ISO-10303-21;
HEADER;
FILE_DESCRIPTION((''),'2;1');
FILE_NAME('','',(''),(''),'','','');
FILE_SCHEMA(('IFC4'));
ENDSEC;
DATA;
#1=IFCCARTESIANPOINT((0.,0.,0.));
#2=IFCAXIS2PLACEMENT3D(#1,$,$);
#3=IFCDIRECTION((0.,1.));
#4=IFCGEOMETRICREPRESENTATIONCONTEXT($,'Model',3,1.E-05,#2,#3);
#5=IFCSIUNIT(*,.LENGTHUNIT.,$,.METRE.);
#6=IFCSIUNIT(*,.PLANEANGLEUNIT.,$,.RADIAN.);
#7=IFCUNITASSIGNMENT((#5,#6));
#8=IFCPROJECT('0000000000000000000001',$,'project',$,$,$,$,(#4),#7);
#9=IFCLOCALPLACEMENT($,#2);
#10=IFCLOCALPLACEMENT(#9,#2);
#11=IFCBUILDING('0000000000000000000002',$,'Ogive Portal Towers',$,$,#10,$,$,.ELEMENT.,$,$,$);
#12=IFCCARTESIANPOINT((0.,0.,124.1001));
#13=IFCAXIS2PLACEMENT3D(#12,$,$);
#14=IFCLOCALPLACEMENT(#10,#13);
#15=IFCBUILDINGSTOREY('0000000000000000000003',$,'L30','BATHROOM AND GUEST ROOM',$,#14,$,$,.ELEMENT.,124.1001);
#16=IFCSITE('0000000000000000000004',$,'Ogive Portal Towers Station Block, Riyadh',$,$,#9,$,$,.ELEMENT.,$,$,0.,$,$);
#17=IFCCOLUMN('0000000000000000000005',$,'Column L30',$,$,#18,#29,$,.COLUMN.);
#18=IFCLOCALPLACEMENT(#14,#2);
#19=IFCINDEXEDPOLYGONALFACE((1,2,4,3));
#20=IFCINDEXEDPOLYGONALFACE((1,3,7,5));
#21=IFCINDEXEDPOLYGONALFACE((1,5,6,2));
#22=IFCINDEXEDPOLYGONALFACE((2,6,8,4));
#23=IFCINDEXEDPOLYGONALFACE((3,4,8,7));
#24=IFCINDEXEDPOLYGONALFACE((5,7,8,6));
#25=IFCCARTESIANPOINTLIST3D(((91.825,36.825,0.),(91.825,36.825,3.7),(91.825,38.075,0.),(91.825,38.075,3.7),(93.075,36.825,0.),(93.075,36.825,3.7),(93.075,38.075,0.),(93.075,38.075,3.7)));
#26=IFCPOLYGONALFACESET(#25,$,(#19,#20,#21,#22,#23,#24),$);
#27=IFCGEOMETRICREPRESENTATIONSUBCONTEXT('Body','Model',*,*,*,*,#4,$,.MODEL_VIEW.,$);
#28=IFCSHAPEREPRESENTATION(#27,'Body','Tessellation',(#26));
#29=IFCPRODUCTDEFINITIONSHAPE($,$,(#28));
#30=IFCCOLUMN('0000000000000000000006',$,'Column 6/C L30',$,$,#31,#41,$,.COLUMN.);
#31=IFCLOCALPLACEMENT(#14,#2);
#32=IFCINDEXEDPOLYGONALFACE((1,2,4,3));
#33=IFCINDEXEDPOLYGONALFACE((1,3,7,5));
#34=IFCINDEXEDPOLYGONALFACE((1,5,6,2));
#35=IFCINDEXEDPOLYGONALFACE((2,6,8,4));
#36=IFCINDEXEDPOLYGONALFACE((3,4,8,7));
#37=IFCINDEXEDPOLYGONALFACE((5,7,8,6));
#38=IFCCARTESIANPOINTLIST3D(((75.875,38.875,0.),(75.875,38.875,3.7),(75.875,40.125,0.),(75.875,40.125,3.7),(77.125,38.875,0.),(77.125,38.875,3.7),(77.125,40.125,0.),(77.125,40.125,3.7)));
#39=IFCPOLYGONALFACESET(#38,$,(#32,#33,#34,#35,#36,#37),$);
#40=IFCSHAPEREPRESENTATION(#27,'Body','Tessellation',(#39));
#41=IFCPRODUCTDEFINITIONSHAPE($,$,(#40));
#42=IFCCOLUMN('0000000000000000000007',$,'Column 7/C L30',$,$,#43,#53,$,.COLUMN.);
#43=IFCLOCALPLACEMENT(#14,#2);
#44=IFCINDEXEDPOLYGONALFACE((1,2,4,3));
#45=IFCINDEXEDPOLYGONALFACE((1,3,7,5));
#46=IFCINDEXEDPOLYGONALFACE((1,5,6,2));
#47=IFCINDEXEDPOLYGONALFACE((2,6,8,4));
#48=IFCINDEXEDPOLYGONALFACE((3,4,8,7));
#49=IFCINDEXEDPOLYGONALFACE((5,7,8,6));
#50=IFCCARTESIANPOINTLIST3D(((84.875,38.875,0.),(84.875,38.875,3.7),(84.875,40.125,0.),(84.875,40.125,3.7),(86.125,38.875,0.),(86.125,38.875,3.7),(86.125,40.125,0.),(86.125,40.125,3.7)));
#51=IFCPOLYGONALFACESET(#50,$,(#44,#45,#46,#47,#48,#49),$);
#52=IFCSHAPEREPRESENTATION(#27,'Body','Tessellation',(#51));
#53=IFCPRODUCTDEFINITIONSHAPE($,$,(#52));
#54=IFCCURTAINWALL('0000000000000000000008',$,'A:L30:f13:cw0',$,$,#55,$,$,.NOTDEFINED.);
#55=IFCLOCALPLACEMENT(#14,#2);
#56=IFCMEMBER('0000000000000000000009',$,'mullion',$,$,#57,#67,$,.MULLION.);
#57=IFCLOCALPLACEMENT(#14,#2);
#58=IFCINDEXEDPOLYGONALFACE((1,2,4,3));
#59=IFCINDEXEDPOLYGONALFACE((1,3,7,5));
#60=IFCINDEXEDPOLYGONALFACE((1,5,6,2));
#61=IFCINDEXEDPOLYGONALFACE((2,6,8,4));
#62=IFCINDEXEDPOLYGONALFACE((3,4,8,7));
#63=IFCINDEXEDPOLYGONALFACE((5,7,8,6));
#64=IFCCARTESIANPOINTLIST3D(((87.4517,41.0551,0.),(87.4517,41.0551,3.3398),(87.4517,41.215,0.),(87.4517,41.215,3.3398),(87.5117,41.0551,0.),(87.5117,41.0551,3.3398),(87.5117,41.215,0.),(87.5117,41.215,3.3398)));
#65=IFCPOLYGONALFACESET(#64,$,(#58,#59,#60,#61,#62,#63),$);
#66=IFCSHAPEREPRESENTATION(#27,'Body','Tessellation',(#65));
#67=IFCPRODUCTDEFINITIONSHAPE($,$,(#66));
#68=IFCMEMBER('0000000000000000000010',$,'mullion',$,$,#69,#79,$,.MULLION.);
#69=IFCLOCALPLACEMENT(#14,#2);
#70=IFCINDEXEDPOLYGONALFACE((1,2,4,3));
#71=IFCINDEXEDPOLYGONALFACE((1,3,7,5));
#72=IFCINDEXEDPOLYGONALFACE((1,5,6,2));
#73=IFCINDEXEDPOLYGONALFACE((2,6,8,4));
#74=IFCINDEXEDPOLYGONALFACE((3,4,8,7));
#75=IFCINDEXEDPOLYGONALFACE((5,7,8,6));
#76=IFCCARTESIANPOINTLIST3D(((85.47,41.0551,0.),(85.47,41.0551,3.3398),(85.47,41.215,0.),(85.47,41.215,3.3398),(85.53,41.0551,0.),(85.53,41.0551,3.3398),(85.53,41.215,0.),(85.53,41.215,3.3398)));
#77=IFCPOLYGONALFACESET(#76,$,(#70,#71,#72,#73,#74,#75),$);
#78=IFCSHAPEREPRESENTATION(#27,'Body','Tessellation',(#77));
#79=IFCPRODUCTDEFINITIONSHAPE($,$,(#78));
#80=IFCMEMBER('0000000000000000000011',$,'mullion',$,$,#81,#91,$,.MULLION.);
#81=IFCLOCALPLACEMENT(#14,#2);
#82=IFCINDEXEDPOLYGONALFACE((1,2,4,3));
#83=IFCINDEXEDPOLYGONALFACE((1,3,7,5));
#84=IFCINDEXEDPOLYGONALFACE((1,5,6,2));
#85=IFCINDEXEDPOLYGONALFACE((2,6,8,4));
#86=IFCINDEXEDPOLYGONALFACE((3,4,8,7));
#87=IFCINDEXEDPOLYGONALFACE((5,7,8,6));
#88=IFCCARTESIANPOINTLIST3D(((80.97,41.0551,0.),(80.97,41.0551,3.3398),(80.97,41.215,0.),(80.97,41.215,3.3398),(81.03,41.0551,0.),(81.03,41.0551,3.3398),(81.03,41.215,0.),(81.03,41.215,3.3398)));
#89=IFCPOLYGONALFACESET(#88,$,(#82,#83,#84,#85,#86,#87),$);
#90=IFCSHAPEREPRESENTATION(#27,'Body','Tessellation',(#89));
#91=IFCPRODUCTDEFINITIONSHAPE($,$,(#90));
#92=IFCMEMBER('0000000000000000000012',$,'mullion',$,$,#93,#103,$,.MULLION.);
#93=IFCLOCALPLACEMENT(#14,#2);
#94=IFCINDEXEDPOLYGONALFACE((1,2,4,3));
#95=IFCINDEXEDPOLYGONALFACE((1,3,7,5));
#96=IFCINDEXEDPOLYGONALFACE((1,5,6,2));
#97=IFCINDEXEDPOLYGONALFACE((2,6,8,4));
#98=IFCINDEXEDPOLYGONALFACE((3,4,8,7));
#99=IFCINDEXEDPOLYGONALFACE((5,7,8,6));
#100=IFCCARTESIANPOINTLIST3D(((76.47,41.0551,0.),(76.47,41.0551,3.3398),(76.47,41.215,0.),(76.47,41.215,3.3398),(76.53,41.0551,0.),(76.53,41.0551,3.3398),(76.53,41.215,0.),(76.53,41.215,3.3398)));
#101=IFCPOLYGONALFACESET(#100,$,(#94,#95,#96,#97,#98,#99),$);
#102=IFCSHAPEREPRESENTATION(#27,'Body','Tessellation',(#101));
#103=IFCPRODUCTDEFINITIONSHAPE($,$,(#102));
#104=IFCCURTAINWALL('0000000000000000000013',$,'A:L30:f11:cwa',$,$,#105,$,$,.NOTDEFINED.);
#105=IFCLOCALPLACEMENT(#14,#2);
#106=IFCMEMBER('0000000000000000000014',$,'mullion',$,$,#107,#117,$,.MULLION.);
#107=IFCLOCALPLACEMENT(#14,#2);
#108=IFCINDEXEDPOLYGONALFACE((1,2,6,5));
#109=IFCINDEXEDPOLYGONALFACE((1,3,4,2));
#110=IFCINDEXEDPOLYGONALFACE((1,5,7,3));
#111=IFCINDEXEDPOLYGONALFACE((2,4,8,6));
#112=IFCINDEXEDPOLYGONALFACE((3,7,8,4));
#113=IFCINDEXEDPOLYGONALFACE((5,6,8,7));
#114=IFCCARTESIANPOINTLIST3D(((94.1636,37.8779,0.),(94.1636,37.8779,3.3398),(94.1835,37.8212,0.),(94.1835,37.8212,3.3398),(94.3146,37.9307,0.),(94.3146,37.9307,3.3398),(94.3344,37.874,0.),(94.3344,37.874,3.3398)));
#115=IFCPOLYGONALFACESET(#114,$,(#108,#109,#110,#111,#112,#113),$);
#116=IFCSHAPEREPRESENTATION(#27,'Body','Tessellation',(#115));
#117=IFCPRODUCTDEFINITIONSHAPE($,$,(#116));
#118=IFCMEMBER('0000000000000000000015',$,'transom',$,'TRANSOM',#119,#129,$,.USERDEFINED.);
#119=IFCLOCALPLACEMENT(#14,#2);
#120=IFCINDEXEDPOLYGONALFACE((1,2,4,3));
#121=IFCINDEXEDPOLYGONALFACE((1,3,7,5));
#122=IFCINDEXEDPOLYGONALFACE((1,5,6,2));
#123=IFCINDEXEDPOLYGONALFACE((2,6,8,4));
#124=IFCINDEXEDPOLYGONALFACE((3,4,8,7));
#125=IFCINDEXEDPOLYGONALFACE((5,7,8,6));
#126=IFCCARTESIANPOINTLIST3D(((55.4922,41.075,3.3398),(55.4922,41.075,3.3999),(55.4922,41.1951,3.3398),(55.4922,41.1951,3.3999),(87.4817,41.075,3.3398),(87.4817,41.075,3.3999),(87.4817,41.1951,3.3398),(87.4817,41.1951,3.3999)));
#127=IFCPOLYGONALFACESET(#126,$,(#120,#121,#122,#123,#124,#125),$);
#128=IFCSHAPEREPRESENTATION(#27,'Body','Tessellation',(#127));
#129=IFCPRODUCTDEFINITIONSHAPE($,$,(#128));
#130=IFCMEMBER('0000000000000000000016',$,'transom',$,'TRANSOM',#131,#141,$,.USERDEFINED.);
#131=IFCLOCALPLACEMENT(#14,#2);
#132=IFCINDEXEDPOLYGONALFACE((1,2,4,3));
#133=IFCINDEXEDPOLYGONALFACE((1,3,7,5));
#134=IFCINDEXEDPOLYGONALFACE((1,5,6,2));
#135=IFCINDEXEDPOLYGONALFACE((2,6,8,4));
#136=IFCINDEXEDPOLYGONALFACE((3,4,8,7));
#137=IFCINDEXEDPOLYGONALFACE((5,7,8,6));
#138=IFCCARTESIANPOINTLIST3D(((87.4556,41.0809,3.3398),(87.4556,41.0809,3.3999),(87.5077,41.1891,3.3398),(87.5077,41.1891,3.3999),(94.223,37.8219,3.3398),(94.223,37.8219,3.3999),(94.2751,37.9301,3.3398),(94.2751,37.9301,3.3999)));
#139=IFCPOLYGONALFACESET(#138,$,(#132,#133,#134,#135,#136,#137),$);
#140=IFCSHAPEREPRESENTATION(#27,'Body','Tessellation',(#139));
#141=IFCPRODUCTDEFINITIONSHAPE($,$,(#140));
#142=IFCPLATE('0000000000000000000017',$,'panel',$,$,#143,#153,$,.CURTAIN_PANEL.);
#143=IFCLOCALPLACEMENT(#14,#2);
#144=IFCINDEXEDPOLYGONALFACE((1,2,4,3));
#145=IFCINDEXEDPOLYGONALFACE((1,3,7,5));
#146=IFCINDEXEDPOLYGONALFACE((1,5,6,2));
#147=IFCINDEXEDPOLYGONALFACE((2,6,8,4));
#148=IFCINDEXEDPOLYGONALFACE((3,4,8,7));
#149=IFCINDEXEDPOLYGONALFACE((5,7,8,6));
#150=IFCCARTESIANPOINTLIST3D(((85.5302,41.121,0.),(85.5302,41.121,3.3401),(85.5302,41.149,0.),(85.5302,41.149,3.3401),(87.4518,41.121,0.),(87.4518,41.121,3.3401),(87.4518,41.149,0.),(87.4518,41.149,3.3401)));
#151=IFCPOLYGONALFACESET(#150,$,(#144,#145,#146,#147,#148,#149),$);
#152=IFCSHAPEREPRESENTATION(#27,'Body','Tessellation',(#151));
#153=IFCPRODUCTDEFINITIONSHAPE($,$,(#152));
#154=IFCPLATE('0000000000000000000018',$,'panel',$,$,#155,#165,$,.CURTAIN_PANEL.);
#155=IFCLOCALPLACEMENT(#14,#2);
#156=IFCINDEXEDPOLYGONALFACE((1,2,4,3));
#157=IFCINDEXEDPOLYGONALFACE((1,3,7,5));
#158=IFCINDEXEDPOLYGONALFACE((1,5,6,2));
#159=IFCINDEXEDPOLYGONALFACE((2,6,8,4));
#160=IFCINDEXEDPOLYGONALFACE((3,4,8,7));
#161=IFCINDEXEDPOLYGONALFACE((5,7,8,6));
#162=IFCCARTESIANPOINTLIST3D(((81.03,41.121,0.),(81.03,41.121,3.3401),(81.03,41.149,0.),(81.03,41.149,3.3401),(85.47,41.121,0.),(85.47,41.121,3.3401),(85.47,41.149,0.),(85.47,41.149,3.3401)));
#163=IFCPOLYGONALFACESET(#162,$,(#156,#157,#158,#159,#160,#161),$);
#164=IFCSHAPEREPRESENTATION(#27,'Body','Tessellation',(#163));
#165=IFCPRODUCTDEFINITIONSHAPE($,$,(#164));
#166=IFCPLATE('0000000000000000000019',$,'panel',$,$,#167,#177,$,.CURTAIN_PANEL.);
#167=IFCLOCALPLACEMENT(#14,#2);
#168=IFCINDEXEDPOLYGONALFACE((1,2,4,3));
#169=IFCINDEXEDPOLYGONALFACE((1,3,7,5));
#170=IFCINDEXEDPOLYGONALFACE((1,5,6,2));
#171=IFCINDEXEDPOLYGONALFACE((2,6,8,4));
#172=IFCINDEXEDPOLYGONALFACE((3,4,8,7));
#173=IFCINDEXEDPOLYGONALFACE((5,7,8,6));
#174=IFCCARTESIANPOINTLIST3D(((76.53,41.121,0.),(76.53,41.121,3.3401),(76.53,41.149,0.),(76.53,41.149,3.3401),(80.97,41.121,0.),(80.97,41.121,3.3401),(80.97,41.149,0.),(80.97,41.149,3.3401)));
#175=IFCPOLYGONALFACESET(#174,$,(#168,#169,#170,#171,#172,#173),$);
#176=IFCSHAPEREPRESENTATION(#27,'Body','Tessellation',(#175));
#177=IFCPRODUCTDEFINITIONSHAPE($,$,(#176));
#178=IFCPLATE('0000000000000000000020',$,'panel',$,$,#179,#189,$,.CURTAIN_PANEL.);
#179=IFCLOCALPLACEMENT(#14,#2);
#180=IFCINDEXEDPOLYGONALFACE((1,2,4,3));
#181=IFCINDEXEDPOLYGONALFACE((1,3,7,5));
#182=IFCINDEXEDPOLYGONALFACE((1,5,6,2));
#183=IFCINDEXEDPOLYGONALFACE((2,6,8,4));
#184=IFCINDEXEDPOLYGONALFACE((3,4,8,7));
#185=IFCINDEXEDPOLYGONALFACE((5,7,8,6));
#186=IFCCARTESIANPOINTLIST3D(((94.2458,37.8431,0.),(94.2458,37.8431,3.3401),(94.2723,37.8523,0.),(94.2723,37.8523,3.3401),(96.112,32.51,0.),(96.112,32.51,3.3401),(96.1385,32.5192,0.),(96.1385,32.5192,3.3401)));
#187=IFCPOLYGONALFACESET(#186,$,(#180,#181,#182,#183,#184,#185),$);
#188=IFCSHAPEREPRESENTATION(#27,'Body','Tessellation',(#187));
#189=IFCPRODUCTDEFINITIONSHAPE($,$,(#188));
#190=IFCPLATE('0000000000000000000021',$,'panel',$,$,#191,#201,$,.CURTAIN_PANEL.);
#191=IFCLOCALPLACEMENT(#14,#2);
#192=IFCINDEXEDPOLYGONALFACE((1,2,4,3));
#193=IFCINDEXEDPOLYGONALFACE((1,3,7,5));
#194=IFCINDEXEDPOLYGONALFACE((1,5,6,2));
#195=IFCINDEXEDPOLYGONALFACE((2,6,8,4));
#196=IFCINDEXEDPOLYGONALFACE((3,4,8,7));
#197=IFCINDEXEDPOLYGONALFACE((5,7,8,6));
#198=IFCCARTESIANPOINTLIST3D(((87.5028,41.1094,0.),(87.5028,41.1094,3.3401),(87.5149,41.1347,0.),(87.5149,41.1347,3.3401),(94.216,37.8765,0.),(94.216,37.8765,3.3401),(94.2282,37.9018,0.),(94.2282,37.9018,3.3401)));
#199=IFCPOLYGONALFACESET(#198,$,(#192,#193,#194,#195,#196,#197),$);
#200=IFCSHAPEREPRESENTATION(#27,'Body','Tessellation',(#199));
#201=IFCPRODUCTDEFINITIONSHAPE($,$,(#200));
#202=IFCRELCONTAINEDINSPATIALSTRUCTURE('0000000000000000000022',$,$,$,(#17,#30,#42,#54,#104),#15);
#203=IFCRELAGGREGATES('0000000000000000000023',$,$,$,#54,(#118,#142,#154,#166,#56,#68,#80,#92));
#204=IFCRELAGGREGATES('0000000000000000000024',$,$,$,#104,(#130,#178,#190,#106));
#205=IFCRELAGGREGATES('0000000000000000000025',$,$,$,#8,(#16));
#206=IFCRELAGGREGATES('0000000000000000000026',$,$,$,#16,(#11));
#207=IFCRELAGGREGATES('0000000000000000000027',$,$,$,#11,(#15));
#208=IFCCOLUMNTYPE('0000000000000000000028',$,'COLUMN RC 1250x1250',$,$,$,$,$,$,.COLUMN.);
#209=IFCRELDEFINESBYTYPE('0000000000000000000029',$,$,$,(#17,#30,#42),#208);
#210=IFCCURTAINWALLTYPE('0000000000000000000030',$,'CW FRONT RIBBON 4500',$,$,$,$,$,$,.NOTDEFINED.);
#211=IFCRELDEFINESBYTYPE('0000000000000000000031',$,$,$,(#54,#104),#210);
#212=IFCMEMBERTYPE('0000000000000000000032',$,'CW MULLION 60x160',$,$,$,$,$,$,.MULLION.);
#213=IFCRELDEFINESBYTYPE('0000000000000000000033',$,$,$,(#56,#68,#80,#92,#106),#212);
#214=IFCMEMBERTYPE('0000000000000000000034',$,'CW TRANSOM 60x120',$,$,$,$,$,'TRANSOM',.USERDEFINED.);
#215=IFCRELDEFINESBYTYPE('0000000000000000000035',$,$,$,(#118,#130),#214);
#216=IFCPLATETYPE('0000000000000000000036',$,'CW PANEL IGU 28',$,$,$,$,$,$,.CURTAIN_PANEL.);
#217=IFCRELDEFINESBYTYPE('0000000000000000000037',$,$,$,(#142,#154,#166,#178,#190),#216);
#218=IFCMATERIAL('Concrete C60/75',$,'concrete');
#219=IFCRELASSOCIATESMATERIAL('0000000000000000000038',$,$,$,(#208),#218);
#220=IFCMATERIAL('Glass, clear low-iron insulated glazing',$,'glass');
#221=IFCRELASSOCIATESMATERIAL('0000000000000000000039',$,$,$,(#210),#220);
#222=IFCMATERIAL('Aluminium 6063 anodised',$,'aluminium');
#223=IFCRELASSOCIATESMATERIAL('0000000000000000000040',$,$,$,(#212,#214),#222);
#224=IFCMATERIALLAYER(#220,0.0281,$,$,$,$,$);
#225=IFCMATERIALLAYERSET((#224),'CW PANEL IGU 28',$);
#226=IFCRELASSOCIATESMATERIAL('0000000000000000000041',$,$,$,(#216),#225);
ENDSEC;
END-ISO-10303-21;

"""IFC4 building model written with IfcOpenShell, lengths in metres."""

from ifc_helpers import new_model, si_unit, direction, frame, origin, origin_2d, place, context, subcontext, project, spatial, rectangle, extrude, material, layer, layer_set, material_profile, profile_set, type_object, element, aggregate, save


model = new_model("IFC4")

# Units and contexts
model_context = context("Model", 3, precision=1e-05, world=origin(), true_north=direction((0.0, 1.0)))
body_context = subcontext(model_context, "Body", "Model", "MODEL_VIEW")
ifc_project = project(units=[si_unit("LENGTHUNIT", "METRE"), si_unit("PLANEANGLEUNIT", "RADIAN")], contexts=[model_context])

# Site, building, storey
site_placement = place(None, origin())
site = spatial("IfcSite", under=ifc_project, at=site_placement, Name="Ogive Portal Towers Station Block, Riyadh", CompositionType="ELEMENT", RefElevation=0.0)
building_placement = place(site_placement, origin())
building = spatial("IfcBuilding", under=site, at=building_placement, Name="Ogive Portal Towers", CompositionType="ELEMENT")
storey_placement = place(building_placement, frame((0.0, 0.0, 124.1001)))
storey = spatial("IfcBuildingStorey", under=building, at=storey_placement, Name="L30", Description="BATHROOM AND GUEST ROOM", CompositionType="ELEMENT", Elevation=124.1001)

# Columns
ifc_material_1 = material(Name="Concrete C60/75", Category="concrete")
ifc_material_profile_1 = material_profile(ifc_material_1, rectangle(XDim=1.25, YDim=1.25, at=origin_2d()), Name="RC 1250x1250")
ifc_profile_set_1 = profile_set([ifc_material_profile_1], Name="Concrete C60/75")
column_type = type_object("IfcColumnType", Name="COLUMN RC 1250x1250", PredefinedType="COLUMN", material=ifc_profile_set_1)
for number, where, z_axis, x_axis, name in (
    (1, (92.45, 37.45, 0.0), (0.0, 0.0, 1.0), (1.0, 0.0, 0.0), "Column L30"),
    (2, (76.5, 39.5, 0.0), (0.0, 0.0, 1.0), (1.0, 0.0, 0.0), "Column 6/C L30"),
    (3, (85.5, 39.5, 0.0), (0.0, 0.0, 1.0), (1.0, 0.0, 0.0), "Column 7/C L30"),
):
    element("IfcColumn", number, at=place(storey_placement, frame(where, z_axis=z_axis, x_axis=x_axis)), inside=storey, type_object=column_type, Name=name, PredefinedType="COLUMN", context=body_context, shape_type="SweptSolid", body=[
        extrude(rectangle(XDim=1.25, YDim=1.25, at=origin_2d()), origin(), (0.0, 0.0, 1.0), 3.7),
    ])

# Curtain wall, members
ifc_material_2 = material(Name="Glass, clear low-iron insulated glazing", Category="glass")
curtain_wall_type = type_object("IfcCurtainWallType", Name="CW FRONT RIBBON 4500", PredefinedType="NOTDEFINED", material=ifc_material_2)
curtain_wall_1_placement = place(storey_placement, origin())
curtain_wall_1 = element("IfcCurtainWall", 4, at=curtain_wall_1_placement, inside=storey, type_object=curtain_wall_type, Name="A:L30:f13:cw0", PredefinedType="NOTDEFINED")
ifc_material_3 = material(Name="Aluminium 6063 anodised", Category="aluminium")
ifc_material_profile_2 = material_profile(ifc_material_3, rectangle(XDim=0.1599, YDim=0.0601, at=origin_2d()), Name="AL 60x160")
ifc_profile_set_2 = profile_set([ifc_material_profile_2], Name="Aluminium 6063 anodised")
member_type_1 = type_object("IfcMemberType", Name="CW MULLION 60x160", PredefinedType="MULLION", material=ifc_profile_set_2)
member_1_placement = place(storey_placement, frame((87.4817, 41.135, 0.0), z_axis=(0.0, 0.0, 1.0), x_axis=(0.0, -1.0, 0.0)))
member_1 = element("IfcMember", 5, at=member_1_placement, type_object=member_type_1, Name="mullion", PredefinedType="MULLION", context=body_context, shape_type="SweptSolid", body=[
    extrude(rectangle(XDim=0.1599, YDim=0.0601, at=origin_2d()), origin(), (0.0, 0.0, 1.0), 3.3398),
])
member_2_placement = place(storey_placement, frame((85.5, 41.135, 0.0), z_axis=(0.0, 0.0, 1.0), x_axis=(0.0, -1.0, 0.0)))
member_2 = element("IfcMember", 6, at=member_2_placement, type_object=member_type_1, Name="mullion", PredefinedType="MULLION", context=body_context, shape_type="SweptSolid", body=[
    extrude(rectangle(XDim=0.1599, YDim=0.0601, at=origin_2d()), origin(), (0.0, 0.0, 1.0), 3.3398),
])
member_3_placement = place(storey_placement, frame((81.0, 41.135, 0.0), z_axis=(0.0, 0.0, 1.0), x_axis=(0.0, -1.0, 0.0)))
member_3 = element("IfcMember", 7, at=member_3_placement, type_object=member_type_1, Name="mullion", PredefinedType="MULLION", context=body_context, shape_type="SweptSolid", body=[
    extrude(rectangle(XDim=0.1599, YDim=0.0601, at=origin_2d()), origin(), (0.0, 0.0, 1.0), 3.3398),
])
member_4_placement = place(storey_placement, frame((76.5, 41.135, 0.0), z_axis=(0.0, 0.0, 1.0), x_axis=(0.0, -1.0, 0.0)))
member_4 = element("IfcMember", 8, at=member_4_placement, type_object=member_type_1, Name="mullion", PredefinedType="MULLION", context=body_context, shape_type="SweptSolid", body=[
    extrude(rectangle(XDim=0.1599, YDim=0.0601, at=origin_2d()), origin(), (0.0, 0.0, 1.0), 3.3398),
])

# Curtain wall, member
curtain_wall_2_placement = place(storey_placement, origin())
curtain_wall_2 = element("IfcCurtainWall", 9, at=curtain_wall_2_placement, inside=storey, type_object=curtain_wall_type, Name="A:L30:f11:cwa", PredefinedType="NOTDEFINED")
member_5_placement = place(storey_placement, frame((94.249, 37.876, 0.0), z_axis=(0.0, 0.0, 1.0), x_axis=(-0.943883, -0.330279, 0.0)))
member_5 = element("IfcMember", 10, at=member_5_placement, type_object=member_type_1, Name="mullion", PredefinedType="MULLION", context=body_context, shape_type="SweptSolid", body=[
    extrude(rectangle(XDim=0.1599, YDim=0.0601, at=origin_2d()), origin(), (0.0, 0.0, 1.0), 3.3398),
])

# Members
ifc_material_profile_3 = material_profile(ifc_material_3, rectangle(XDim=0.1201, YDim=0.0601, at=origin_2d()), Name="AL 120x60")
ifc_profile_set_3 = profile_set([ifc_material_profile_3], Name="Aluminium 6063 anodised")
member_type_2 = type_object("IfcMemberType", Name="CW TRANSOM 60x120", ElementType="TRANSOM", PredefinedType="USERDEFINED", material=ifc_profile_set_3)
member_6_placement = place(storey_placement, frame((87.4817, 41.135, 3.3699), z_axis=(-1.0, 0.0, 0.0), x_axis=(0.0, -1.0, 0.0)))
member_6 = element("IfcMember", 11, at=member_6_placement, type_object=member_type_2, Name="transom", ObjectType="TRANSOM", PredefinedType="USERDEFINED", context=body_context, shape_type="SweptSolid", body=[
    extrude(rectangle(XDim=0.1201, YDim=0.0601, at=origin_2d()), origin(), (0.0, 0.0, 1.0), 31.9895),
])
member_7_placement = place(storey_placement, frame((94.249, 37.876, 3.3699), z_axis=(-0.900966, 0.43389, 0.0), x_axis=(-0.43389, -0.900966, 0.0)))
member_7 = element("IfcMember", 12, at=member_7_placement, type_object=member_type_2, Name="transom", ObjectType="TRANSOM", PredefinedType="USERDEFINED", context=body_context, shape_type="SweptSolid", body=[
    extrude(rectangle(XDim=0.1201, YDim=0.0601, at=origin_2d()), origin(), (0.0, 0.0, 1.0), 7.5112),
])

# Plates
ifc_layer_1 = layer(ifc_material_2, 0.0281)
ifc_layer_set_1 = layer_set([ifc_layer_1], Name="CW PANEL IGU 28")
plate_type = type_object("IfcPlateType", Name="CW PANEL IGU 28", PredefinedType="CURTAIN_PANEL", material=ifc_layer_set_1)
plate_1_placement = place(storey_placement, frame((86.491, 41.135, 0.0), z_axis=(0.0, 0.0, 1.0), x_axis=(-1.0, 0.0, 0.0)))
plate_1 = element("IfcPlate", 13, at=plate_1_placement, type_object=plate_type, Name="panel", PredefinedType="CURTAIN_PANEL", context=body_context, shape_type="SweptSolid", body=[
    extrude(rectangle(XDim=1.9216, YDim=0.0281, at=origin_2d()), origin(), (0.0, 0.0, 1.0), 3.3401),
])
plate_2_placement = place(storey_placement, frame((83.25, 41.135, 0.0), z_axis=(0.0, 0.0, 1.0), x_axis=(-1.0, 0.0, 0.0)))
plate_2 = element("IfcPlate", 14, at=plate_2_placement, type_object=plate_type, Name="panel", PredefinedType="CURTAIN_PANEL", context=body_context, shape_type="SweptSolid", body=[
    extrude(rectangle(XDim=4.4399, YDim=0.0281, at=origin_2d()), origin(), (0.0, 0.0, 1.0), 3.3401),
])
plate_3_placement = place(storey_placement, frame((78.75, 41.135, 0.0), z_axis=(0.0, 0.0, 1.0), x_axis=(-1.0, 0.0, 0.0)))
plate_3 = element("IfcPlate", 15, at=plate_3_placement, type_object=plate_type, Name="panel", PredefinedType="CURTAIN_PANEL", context=body_context, shape_type="SweptSolid", body=[
    extrude(rectangle(XDim=4.4399, YDim=0.0281, at=origin_2d()), origin(), (0.0, 0.0, 1.0), 3.3401),
])
aggregate(curtain_wall_1, [member_6, plate_1, plate_2, plate_3, member_1, member_2, member_3, member_4])
plate_4_placement = place(storey_placement, frame((95.1921, 35.1812, 0.0), z_axis=(0.0, 0.0, 1.0), x_axis=(-0.330279, 0.943883, 0.0)))
plate_4 = element("IfcPlate", 16, at=plate_4_placement, type_object=plate_type, Name="panel", PredefinedType="CURTAIN_PANEL", context=body_context, shape_type="SweptSolid", body=[
    extrude(rectangle(XDim=5.6501, YDim=0.0281, at=origin_2d()), origin(), (0.0, 0.0, 1.0), 3.3401),
])
plate_5_placement = place(storey_placement, frame((90.8655, 39.5056, 0.0), z_axis=(0.0, 0.0, 1.0), x_axis=(-0.900969, 0.433884, 0.0)))
plate_5 = element("IfcPlate", 17, at=plate_5_placement, type_object=plate_type, Name="panel", PredefinedType="CURTAIN_PANEL", context=body_context, shape_type="SweptSolid", body=[
    extrude(rectangle(XDim=7.4512, YDim=0.0281, at=origin_2d()), origin(), (0.0, 0.0, 1.0), 3.3401),
])
aggregate(curtain_wall_2, [member_7, plate_4, plate_5, member_5])

save(model, "model.ifc")
